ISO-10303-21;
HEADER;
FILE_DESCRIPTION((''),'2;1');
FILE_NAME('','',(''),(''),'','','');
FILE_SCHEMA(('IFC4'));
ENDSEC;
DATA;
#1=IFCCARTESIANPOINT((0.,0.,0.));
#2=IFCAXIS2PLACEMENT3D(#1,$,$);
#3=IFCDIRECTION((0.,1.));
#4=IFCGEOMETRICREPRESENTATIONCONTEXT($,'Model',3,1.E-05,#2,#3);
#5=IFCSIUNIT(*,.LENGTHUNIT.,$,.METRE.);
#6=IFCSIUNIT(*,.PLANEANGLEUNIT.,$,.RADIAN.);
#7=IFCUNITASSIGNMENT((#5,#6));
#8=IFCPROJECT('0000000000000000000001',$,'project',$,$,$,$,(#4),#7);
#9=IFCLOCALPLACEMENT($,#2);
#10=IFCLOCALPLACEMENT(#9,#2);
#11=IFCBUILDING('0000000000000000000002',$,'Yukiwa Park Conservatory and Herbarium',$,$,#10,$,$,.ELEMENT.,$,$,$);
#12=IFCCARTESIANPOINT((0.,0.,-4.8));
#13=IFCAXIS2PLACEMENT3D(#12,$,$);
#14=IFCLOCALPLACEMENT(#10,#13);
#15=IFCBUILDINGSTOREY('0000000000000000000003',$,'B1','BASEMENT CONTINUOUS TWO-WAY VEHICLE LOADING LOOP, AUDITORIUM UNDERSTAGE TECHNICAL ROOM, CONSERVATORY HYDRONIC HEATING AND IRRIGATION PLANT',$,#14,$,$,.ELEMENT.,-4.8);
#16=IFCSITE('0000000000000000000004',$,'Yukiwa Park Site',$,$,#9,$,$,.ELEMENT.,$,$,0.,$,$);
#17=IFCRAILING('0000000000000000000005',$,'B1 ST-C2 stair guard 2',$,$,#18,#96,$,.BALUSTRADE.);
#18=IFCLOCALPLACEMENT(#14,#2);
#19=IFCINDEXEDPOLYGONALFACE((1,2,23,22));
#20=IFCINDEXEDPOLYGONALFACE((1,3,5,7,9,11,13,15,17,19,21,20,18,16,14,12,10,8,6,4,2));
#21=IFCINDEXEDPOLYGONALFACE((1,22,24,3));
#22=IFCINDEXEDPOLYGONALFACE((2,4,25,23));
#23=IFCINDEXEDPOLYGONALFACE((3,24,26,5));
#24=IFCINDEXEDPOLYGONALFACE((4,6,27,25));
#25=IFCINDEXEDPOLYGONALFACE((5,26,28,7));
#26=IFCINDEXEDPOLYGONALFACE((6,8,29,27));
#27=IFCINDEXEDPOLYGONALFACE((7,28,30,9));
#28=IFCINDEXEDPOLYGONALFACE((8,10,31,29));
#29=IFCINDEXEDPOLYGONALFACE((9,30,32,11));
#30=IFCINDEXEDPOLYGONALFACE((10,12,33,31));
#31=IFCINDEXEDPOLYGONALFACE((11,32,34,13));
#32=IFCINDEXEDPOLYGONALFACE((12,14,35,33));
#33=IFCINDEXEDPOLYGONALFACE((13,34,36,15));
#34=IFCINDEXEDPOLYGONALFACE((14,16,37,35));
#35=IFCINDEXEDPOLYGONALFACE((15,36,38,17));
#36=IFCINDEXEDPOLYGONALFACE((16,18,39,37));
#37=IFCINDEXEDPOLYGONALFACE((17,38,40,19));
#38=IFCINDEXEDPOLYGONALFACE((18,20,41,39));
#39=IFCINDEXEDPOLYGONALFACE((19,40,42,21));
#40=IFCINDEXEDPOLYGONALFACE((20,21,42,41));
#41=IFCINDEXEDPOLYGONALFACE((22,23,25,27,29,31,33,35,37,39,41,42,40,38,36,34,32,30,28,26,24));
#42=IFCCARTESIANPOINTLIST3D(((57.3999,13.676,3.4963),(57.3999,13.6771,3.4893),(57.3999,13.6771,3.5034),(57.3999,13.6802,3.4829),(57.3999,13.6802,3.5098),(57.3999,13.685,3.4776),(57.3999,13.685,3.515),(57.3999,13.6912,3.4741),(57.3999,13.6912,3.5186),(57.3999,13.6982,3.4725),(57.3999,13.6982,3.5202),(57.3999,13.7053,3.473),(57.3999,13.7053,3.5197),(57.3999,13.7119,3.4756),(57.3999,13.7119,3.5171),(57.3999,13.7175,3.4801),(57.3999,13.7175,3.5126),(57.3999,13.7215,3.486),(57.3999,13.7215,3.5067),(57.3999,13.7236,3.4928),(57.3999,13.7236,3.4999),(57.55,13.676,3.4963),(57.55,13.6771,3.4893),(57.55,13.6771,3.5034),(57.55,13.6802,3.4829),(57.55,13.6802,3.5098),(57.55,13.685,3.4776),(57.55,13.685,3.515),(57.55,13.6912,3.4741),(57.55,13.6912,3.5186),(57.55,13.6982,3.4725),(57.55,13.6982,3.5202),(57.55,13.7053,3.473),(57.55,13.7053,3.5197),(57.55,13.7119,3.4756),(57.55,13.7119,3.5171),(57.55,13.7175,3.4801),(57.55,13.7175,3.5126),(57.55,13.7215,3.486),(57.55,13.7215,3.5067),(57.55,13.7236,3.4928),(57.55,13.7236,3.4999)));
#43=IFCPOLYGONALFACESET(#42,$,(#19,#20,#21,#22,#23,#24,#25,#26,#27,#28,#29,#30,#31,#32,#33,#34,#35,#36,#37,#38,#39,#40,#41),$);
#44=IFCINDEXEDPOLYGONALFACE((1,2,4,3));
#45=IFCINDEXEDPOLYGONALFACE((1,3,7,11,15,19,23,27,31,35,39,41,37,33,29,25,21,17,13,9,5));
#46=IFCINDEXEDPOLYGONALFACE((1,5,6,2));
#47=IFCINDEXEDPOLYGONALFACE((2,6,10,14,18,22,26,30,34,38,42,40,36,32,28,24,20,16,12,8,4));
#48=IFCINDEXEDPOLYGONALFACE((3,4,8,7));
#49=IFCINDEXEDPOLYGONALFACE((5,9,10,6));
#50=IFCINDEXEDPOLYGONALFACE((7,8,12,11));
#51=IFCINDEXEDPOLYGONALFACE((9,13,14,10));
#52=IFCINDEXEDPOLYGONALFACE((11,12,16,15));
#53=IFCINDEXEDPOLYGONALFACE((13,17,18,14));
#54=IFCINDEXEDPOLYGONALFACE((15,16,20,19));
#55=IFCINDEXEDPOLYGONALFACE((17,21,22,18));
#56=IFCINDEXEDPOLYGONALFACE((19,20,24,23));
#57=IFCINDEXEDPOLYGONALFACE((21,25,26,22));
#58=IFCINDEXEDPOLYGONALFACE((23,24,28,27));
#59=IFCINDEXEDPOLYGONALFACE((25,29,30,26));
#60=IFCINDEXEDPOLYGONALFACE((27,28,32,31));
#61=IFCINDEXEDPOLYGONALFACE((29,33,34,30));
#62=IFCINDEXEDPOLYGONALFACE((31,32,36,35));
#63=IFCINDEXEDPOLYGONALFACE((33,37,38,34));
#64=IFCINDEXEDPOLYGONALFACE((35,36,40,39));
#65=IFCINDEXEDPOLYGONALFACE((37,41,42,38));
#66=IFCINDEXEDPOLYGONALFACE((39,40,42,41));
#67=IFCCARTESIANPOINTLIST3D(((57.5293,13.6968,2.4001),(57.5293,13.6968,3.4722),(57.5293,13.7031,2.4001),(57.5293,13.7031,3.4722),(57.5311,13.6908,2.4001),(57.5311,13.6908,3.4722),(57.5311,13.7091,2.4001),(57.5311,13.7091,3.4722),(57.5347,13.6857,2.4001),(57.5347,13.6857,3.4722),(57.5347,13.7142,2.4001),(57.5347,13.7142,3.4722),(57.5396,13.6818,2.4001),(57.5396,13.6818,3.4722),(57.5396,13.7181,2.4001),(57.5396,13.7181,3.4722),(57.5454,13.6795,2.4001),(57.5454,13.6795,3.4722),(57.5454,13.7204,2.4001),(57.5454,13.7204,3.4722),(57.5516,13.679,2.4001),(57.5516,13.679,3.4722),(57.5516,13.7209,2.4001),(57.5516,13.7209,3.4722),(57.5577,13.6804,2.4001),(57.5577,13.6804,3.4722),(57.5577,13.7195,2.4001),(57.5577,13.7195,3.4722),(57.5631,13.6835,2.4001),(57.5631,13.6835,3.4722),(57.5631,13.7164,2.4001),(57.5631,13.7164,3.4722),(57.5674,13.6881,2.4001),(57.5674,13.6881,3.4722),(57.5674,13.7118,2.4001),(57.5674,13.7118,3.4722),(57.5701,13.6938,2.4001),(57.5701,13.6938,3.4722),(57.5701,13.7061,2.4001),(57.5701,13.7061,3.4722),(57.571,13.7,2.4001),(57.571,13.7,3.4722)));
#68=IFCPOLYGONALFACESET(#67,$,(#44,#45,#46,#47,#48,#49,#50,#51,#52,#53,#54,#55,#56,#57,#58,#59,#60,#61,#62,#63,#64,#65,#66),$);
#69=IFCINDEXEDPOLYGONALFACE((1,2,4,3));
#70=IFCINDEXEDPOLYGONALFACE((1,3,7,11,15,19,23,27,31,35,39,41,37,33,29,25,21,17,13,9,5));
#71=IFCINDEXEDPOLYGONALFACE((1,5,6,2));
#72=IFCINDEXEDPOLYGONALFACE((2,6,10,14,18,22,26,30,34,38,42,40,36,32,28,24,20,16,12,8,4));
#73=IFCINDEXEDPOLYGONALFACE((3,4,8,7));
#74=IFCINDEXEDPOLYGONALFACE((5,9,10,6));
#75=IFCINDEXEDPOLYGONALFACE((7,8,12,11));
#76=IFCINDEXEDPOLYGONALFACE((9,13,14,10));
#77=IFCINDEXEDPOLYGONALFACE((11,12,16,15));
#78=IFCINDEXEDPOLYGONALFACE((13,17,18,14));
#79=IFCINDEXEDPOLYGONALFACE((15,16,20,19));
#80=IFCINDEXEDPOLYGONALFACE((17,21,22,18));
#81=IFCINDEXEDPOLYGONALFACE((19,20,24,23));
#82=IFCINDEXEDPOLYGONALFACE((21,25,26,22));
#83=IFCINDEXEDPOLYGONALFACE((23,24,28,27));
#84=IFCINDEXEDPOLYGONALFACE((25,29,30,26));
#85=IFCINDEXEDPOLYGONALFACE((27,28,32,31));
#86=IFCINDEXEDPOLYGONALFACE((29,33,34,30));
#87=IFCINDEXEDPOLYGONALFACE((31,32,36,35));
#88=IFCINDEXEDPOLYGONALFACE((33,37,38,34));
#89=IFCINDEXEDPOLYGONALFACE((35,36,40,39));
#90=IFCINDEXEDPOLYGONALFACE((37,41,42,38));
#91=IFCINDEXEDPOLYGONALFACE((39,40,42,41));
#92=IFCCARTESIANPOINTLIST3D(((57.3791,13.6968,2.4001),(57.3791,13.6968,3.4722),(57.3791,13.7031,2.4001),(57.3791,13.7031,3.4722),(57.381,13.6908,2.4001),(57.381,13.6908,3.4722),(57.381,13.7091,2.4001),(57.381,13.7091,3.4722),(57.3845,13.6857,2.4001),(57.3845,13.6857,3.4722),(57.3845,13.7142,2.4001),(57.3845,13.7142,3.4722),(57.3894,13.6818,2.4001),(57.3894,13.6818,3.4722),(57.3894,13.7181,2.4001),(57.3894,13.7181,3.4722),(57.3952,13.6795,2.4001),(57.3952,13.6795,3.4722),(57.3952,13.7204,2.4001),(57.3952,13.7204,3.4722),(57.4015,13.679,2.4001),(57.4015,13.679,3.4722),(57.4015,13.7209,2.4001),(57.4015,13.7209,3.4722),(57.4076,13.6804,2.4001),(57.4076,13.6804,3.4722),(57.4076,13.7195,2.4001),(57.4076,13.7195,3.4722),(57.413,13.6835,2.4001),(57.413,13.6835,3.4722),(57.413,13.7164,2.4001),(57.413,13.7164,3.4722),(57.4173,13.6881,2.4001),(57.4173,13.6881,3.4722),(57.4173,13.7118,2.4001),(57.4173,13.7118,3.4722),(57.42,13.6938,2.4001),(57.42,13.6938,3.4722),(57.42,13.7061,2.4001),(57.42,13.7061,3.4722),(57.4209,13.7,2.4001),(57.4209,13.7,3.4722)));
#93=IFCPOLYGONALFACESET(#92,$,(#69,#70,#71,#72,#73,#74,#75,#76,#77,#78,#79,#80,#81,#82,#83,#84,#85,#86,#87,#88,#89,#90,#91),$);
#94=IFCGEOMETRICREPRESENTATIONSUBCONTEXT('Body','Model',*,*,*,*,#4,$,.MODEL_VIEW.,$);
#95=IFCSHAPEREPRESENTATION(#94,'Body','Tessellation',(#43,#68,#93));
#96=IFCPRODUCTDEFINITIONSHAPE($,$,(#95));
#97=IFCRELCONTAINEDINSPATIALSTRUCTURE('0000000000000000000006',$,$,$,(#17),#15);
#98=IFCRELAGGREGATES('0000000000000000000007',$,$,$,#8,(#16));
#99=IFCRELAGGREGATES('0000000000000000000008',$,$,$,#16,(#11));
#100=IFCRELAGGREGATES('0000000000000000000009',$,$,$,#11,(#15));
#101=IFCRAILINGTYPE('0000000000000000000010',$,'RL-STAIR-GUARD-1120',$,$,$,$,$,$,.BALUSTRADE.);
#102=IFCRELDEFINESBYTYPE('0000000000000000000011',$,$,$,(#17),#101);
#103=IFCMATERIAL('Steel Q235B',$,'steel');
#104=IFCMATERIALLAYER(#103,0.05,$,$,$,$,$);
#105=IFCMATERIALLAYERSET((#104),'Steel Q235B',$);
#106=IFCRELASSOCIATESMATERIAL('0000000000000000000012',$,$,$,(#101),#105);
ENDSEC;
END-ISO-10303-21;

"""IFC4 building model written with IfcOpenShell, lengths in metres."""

from ifc_helpers import new_model, si_unit, direction, frame, origin, origin_2d, place, context, subcontext, project, spatial, circle, extrude, material, layer, layer_set, type_object, element, save


model = new_model("IFC4")

# Units and contexts
model_context = context("Model", 3, precision=1e-05, world=origin(), true_north=direction((0.0, 1.0)))
body_context = subcontext(model_context, "Body", "Model", "MODEL_VIEW")
ifc_project = project(units=[si_unit("LENGTHUNIT", "METRE"), si_unit("PLANEANGLEUNIT", "RADIAN")], contexts=[model_context])

# Site, building, storey
site_placement = place(None, origin())
site = spatial("IfcSite", under=ifc_project, at=site_placement, Name="Yukiwa Park Site", CompositionType="ELEMENT", RefElevation=0.0)
building_placement = place(site_placement, origin())
building = spatial("IfcBuilding", under=site, at=building_placement, Name="Yukiwa Park Conservatory and Herbarium", CompositionType="ELEMENT")
storey_placement = place(building_placement, frame((0.0, 0.0, -4.8)))
storey = spatial("IfcBuildingStorey", under=building, at=storey_placement, Name="B1", Description="BASEMENT CONTINUOUS TWO-WAY VEHICLE LOADING LOOP, AUDITORIUM UNDERSTAGE TECHNICAL ROOM, CONSERVATORY HYDRONIC HEATING AND IRRIGATION PLANT", CompositionType="ELEMENT", Elevation=-4.8)

# Railing
ifc_material_1 = material(Name="Steel Q235B", Category="steel")
ifc_layer_1 = layer(ifc_material_1, 0.05)
ifc_layer_set_1 = layer_set([ifc_layer_1], Name="Steel Q235B")
railing_type_1 = type_object("IfcRailingType", Name="RL-STAIR-GUARD-1120", PredefinedType="BALUSTRADE", material=ifc_layer_set_1)
railing_1_placement = place(storey_placement, frame((57.55, 13.7, 2.4001)))
element("IfcRailing", 1, at=railing_1_placement, inside=storey, type_object=railing_type_1, Name="B1 ST-C2 stair guard 2", PredefinedType="BALUSTRADE", context=body_context, shape_type="SweptSolid", body=[
    extrude(circle(Radius=0.0239, at=origin_2d()), frame((0.0, 0.0, 1.0962), z_axis=(-1.0, 0.0, 0.0), x_axis=(0.0, -1.0, 0.0)), (0.0, 0.0, 1.0), 0.1501),
    extrude(circle(Radius=0.021, at=origin_2d()), origin(), (0.0, 0.0, 1.0), 1.072),
    extrude(circle(Radius=0.021, at=origin_2d()), frame((-0.1501, 0.0, 0.0)), (0.0, 0.0, 1.0), 1.072),
])

save(model, "model.ifc")
